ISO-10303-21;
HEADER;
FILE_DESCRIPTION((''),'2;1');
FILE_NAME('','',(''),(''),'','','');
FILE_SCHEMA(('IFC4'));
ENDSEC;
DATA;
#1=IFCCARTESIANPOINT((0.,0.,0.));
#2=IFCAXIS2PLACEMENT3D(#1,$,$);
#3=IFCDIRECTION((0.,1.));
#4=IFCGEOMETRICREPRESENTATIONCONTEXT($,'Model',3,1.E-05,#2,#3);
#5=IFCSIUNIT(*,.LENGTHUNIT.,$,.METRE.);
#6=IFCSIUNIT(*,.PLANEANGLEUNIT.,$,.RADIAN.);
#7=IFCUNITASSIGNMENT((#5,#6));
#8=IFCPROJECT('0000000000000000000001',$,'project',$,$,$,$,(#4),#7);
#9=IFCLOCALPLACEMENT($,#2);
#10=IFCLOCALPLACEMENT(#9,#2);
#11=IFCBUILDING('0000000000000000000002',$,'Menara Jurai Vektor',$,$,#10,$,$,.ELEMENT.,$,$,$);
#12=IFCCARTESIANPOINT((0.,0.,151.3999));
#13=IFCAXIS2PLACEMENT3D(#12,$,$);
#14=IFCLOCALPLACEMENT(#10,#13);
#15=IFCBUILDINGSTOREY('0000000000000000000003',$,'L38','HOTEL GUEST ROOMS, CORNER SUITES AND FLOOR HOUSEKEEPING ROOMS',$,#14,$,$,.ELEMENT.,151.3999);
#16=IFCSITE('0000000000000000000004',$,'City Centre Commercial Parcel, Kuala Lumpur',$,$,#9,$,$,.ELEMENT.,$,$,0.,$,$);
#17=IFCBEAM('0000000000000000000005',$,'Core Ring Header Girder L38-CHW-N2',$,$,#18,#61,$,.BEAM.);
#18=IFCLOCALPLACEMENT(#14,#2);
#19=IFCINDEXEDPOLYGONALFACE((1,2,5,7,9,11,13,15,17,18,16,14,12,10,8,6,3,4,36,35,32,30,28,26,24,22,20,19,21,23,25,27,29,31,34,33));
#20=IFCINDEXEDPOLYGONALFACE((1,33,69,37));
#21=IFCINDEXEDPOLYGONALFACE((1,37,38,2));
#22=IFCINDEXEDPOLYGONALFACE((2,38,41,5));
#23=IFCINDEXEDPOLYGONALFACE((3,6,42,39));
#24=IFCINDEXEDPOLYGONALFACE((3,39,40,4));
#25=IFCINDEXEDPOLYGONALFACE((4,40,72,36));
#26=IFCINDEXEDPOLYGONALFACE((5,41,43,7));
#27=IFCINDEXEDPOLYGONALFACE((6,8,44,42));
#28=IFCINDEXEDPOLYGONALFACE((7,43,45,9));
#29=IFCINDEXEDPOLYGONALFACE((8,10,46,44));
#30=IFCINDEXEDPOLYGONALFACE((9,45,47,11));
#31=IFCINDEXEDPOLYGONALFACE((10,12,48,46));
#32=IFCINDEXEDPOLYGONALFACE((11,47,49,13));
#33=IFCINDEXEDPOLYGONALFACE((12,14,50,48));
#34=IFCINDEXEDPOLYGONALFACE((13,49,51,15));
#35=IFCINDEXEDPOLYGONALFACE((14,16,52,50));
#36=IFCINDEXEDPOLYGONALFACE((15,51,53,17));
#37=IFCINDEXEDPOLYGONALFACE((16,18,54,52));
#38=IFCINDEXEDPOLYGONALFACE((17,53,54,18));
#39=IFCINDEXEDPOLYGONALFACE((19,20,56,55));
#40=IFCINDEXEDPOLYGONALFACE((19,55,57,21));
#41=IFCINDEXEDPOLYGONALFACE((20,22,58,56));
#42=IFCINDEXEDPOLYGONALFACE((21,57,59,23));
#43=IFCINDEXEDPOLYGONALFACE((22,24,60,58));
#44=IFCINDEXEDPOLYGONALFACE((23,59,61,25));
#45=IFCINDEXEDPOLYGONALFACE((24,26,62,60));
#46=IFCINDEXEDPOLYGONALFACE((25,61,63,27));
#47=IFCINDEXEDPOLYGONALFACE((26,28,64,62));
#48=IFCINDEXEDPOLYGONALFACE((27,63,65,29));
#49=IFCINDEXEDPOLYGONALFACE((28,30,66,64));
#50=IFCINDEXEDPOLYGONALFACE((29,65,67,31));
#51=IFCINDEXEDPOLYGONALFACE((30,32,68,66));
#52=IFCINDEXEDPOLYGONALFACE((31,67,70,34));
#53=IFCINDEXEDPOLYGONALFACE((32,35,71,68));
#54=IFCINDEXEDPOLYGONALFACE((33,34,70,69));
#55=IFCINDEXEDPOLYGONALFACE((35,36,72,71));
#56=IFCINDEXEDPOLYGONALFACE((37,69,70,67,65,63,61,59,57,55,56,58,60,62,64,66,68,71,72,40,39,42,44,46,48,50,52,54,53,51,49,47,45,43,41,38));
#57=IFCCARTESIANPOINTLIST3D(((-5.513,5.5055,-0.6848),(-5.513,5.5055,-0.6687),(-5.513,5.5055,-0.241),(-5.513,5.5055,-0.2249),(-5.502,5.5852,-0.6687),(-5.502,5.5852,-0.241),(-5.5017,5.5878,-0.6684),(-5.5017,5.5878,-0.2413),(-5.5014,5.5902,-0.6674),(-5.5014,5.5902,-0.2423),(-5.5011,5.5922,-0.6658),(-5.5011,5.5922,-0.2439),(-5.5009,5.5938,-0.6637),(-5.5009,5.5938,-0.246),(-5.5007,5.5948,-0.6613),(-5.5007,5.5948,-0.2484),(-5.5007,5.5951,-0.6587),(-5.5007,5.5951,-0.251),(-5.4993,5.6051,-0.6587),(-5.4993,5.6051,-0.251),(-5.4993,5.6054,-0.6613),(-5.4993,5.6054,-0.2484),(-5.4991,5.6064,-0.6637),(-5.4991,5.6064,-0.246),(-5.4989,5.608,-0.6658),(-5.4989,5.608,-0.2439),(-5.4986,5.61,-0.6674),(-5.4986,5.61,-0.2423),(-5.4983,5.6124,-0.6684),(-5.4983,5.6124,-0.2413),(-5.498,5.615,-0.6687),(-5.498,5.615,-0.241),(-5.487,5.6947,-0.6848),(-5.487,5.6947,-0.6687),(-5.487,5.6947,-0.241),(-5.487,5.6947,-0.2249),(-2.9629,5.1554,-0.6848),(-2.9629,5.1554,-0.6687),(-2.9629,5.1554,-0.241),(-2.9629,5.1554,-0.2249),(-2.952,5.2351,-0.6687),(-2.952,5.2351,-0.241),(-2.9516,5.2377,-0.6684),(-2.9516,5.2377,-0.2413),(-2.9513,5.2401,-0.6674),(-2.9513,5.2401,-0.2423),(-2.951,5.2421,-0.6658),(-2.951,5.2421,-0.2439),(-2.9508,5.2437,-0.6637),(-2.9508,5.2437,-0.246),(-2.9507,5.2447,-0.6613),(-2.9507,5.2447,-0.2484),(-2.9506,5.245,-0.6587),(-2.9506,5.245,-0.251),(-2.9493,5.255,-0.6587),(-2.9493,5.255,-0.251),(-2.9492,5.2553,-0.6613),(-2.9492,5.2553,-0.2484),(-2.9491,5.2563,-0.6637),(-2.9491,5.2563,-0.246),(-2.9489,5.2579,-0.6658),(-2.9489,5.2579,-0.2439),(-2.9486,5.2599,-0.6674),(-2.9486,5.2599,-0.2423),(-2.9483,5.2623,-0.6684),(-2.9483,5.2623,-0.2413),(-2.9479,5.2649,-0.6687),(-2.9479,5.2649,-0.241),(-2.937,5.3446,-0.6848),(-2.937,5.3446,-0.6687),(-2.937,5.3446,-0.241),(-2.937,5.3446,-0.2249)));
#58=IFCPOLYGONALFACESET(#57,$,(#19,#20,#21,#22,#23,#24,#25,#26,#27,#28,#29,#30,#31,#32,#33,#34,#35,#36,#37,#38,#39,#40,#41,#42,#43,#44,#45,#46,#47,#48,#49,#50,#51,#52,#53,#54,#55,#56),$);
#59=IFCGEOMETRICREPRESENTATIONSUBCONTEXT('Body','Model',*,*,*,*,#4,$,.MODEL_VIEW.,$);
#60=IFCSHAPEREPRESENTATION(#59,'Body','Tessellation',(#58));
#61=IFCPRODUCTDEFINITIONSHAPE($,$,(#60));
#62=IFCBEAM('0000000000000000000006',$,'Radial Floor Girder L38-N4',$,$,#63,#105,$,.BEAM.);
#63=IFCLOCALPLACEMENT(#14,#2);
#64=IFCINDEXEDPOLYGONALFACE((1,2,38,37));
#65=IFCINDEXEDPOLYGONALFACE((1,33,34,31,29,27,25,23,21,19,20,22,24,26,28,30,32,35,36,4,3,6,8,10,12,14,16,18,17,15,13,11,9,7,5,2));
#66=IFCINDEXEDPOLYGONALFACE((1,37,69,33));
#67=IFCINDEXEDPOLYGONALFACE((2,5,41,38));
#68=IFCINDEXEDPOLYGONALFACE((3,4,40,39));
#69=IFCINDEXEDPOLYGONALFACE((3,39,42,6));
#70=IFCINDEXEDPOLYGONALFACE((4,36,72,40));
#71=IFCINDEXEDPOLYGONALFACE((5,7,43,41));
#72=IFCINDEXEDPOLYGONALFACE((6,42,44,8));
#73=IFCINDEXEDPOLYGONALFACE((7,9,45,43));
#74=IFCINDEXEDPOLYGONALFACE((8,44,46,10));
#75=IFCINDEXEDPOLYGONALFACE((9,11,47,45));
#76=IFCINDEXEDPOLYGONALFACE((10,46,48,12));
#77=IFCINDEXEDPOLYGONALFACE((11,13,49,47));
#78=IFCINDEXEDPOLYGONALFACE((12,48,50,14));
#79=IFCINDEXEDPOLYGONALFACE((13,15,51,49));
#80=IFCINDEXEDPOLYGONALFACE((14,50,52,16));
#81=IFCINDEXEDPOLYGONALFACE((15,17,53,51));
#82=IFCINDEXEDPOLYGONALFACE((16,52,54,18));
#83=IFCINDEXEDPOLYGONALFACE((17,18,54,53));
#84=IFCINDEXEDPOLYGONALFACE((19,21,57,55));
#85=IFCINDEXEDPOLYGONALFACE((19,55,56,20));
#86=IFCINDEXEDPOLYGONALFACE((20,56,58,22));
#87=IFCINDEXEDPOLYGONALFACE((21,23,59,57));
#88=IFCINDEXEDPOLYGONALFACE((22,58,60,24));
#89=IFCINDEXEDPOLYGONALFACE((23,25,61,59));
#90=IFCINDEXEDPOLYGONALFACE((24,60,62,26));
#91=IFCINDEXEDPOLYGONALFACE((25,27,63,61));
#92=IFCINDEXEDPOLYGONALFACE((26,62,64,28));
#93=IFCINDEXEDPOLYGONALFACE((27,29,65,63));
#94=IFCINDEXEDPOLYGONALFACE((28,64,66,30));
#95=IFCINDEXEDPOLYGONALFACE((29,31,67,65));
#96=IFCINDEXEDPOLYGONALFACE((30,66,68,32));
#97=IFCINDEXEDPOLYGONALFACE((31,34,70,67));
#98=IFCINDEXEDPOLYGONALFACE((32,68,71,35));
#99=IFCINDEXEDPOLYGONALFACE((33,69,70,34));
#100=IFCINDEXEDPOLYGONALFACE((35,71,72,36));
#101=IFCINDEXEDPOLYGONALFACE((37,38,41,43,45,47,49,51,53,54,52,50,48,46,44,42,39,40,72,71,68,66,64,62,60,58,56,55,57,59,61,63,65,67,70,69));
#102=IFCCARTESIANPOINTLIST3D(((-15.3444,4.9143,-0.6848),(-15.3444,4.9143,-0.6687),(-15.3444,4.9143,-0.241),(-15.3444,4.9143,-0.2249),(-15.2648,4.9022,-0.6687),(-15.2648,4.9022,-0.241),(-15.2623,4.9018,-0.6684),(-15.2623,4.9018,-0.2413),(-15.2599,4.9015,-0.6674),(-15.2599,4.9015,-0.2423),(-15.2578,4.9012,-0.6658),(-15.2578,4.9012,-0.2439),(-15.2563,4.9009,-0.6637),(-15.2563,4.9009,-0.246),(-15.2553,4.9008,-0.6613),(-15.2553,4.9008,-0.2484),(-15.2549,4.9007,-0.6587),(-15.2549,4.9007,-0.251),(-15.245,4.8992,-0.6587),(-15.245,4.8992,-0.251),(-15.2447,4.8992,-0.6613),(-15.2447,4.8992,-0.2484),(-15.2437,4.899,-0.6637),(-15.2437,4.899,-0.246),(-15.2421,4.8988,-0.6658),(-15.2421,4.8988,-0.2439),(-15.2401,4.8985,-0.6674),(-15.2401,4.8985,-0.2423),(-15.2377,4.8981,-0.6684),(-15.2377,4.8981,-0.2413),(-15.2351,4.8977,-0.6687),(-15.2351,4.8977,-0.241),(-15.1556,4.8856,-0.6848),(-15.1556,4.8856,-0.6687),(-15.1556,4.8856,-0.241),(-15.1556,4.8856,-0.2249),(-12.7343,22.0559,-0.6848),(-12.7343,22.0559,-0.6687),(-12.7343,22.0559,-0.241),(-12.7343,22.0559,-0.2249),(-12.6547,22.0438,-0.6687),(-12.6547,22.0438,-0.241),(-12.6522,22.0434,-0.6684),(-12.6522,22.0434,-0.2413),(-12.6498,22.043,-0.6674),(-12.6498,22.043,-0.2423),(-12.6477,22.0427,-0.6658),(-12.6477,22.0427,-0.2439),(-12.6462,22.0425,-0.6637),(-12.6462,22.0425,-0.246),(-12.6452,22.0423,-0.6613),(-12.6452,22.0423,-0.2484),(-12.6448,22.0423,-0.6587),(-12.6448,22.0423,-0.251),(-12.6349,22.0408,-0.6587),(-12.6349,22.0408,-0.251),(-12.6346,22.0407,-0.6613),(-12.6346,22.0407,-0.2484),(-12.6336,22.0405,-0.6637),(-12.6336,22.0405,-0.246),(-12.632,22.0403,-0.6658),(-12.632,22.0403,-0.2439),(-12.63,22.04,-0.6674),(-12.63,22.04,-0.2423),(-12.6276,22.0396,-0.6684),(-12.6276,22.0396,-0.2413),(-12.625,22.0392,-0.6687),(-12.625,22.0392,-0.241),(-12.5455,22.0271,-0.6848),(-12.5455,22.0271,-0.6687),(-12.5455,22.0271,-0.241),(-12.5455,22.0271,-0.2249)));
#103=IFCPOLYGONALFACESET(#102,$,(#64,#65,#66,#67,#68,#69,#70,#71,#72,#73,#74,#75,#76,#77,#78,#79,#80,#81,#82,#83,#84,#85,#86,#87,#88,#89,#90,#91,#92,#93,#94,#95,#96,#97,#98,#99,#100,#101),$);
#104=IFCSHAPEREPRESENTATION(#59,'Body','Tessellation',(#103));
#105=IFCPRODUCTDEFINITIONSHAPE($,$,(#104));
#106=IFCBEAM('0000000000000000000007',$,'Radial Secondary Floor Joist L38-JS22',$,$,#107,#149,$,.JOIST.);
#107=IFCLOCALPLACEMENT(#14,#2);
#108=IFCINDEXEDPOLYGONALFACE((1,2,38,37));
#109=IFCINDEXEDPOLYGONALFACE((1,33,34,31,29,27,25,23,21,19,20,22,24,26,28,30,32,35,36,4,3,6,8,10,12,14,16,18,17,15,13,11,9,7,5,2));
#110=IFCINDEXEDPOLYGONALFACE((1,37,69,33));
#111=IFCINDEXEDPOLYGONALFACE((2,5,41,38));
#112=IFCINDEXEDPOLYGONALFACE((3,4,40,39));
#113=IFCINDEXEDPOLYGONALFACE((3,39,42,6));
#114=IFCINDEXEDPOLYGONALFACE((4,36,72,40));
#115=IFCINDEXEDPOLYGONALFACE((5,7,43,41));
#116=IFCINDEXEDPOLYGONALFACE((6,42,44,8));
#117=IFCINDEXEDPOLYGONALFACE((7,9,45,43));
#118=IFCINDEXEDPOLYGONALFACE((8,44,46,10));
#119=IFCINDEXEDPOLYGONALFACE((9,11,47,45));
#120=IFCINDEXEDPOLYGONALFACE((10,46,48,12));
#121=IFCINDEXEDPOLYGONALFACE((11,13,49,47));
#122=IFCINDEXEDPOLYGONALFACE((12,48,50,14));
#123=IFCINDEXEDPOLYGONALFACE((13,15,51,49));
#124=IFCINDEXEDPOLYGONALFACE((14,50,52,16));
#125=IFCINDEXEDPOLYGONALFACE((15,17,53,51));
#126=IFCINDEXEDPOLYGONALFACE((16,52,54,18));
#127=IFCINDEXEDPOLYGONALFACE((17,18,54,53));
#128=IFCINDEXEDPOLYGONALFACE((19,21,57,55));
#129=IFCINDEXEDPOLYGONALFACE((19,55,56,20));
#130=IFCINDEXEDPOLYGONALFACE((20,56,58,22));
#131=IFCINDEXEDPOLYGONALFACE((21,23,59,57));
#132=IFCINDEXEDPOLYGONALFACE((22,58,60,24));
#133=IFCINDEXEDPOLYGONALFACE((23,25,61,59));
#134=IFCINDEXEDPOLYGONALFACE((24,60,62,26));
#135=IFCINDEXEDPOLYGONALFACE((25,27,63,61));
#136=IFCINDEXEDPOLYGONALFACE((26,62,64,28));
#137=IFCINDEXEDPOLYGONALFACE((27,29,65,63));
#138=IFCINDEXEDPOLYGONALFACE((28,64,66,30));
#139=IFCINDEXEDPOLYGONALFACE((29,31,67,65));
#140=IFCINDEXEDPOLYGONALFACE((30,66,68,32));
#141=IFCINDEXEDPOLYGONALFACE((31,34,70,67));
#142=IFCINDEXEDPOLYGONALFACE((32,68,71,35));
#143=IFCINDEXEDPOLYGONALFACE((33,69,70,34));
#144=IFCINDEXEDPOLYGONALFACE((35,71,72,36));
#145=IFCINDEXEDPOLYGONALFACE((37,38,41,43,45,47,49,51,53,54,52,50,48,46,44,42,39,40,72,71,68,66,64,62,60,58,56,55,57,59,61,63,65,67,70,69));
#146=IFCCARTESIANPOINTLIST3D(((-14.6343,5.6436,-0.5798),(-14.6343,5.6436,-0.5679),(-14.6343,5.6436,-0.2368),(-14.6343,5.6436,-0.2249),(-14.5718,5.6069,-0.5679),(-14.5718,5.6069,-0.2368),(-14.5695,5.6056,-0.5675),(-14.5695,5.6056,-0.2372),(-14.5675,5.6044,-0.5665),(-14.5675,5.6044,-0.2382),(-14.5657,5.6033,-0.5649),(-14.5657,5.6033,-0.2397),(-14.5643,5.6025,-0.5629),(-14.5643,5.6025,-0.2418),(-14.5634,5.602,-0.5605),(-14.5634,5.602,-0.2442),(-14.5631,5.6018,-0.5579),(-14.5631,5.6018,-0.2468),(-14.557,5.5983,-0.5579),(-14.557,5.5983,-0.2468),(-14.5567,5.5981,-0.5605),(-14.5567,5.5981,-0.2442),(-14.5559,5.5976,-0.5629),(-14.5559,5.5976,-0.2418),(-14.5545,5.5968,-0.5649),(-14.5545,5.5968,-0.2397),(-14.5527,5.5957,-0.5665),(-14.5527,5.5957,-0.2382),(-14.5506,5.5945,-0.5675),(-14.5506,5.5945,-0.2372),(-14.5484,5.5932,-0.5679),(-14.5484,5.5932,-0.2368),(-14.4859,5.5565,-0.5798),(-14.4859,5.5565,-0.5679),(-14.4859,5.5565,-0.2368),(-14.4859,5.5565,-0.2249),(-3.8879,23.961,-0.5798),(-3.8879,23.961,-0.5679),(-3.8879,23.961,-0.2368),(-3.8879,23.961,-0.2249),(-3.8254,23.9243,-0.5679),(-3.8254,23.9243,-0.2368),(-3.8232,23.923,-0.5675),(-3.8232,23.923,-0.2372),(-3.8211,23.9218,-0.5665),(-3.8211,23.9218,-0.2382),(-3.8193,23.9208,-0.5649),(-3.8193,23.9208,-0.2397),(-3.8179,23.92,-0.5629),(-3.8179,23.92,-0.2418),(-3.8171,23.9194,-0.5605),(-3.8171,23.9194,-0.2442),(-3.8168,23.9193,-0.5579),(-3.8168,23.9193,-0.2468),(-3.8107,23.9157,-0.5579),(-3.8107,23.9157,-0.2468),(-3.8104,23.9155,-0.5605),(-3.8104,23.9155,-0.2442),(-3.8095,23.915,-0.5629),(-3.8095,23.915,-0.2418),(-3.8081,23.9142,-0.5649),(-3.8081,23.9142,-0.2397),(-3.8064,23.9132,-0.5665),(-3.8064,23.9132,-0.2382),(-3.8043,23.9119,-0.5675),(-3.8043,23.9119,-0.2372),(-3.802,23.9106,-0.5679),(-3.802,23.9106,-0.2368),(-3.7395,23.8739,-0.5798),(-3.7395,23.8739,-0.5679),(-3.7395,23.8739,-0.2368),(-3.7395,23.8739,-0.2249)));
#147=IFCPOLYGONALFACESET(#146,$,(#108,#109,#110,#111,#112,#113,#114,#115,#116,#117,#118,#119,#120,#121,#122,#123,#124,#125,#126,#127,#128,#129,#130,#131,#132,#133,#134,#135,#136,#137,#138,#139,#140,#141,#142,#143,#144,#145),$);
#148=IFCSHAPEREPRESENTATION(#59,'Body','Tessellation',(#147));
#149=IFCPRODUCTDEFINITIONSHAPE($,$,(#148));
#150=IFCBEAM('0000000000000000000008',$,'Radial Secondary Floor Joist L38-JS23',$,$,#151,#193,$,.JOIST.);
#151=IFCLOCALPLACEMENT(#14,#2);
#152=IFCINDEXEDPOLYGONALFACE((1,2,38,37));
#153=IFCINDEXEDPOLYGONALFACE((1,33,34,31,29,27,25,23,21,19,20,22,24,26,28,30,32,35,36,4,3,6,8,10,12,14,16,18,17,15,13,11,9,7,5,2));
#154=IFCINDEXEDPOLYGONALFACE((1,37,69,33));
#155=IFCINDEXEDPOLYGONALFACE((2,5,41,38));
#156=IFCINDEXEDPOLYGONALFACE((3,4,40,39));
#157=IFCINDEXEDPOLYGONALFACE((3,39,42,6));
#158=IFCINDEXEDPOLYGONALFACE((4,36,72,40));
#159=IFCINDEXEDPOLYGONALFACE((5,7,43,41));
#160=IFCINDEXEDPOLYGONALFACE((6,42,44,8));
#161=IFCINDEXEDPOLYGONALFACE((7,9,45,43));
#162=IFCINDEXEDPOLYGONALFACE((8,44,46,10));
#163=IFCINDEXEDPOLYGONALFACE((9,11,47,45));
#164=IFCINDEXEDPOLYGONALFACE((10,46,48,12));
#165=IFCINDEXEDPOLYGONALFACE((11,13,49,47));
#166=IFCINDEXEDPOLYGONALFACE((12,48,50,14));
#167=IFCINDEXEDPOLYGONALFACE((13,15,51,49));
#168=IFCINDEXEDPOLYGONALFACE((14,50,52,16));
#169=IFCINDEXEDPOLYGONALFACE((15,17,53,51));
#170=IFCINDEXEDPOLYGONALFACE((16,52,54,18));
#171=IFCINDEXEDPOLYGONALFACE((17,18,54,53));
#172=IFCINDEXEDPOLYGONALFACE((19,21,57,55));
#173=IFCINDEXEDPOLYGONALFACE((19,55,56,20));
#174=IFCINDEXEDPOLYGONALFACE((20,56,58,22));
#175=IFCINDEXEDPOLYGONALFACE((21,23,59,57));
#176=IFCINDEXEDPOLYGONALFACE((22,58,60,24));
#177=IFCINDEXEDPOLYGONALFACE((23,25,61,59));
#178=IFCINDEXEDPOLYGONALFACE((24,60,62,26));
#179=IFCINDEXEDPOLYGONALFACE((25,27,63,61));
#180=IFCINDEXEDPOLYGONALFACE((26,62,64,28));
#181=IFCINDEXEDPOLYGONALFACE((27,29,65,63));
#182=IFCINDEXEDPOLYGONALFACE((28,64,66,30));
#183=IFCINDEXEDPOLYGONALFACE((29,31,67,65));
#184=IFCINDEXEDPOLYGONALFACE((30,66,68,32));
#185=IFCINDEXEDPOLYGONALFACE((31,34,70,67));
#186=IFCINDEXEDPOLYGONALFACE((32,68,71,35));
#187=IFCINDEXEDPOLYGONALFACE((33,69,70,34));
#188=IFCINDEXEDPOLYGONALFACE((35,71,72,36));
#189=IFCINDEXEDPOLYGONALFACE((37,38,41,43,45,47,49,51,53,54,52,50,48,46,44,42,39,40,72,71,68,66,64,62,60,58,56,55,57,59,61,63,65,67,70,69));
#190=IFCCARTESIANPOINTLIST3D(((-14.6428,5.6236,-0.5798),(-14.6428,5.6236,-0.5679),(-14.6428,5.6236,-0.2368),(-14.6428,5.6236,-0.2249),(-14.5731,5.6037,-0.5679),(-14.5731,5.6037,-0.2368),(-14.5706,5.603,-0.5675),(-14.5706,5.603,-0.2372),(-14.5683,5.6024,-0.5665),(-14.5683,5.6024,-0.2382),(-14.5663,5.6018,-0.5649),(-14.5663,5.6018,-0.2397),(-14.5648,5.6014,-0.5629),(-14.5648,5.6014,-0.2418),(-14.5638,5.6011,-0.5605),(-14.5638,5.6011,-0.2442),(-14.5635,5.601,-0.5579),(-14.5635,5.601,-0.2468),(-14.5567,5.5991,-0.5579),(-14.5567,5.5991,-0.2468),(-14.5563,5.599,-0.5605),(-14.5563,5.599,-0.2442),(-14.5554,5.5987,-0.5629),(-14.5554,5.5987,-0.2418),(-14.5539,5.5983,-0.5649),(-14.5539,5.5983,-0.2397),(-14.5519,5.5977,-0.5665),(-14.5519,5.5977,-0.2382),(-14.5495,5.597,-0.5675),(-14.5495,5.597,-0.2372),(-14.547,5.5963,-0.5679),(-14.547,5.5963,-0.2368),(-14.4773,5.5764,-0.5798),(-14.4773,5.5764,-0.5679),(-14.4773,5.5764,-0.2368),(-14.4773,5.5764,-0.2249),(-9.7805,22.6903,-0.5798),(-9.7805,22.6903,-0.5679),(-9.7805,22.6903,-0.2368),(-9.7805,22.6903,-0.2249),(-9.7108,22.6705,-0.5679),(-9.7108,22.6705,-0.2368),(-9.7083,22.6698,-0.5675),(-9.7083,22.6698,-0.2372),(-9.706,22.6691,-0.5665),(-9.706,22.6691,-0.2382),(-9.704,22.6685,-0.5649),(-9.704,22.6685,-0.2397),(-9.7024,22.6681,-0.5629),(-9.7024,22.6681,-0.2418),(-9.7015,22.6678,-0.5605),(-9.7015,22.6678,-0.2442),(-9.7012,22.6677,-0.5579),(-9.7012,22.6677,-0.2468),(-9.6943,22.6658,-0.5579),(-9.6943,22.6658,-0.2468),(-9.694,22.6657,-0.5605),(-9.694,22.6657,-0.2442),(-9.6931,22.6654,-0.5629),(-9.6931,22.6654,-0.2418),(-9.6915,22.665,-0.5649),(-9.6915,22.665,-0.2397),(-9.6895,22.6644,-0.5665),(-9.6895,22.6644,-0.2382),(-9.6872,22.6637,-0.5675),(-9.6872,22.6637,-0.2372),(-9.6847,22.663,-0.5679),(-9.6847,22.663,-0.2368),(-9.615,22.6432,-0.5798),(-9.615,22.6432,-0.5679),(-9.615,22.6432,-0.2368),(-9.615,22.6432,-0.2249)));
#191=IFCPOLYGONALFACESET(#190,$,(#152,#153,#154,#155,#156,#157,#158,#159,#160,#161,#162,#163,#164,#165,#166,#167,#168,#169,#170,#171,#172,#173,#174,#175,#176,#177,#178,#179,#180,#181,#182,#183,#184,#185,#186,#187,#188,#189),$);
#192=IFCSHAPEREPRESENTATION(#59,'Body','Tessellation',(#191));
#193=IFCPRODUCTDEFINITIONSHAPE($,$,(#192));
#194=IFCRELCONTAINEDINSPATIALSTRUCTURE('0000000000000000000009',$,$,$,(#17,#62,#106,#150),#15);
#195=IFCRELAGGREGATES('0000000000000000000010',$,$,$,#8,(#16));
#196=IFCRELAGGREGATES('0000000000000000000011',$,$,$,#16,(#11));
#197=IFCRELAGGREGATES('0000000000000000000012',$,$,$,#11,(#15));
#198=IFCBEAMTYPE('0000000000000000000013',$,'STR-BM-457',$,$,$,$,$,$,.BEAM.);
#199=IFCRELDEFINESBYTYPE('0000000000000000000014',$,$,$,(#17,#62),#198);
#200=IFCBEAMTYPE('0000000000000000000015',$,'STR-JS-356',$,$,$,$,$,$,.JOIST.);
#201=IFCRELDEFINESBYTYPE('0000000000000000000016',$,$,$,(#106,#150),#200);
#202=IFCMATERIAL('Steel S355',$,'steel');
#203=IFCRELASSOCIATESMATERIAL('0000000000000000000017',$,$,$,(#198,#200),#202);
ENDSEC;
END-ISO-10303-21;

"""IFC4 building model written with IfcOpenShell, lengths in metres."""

from ifc_helpers import new_model, si_unit, direction, frame, origin, origin_2d, place, context, subcontext, project, spatial, i_section, extrude, material, material_profile, profile_set, type_object, element, save


model = new_model("IFC4")

# Units and contexts
model_context = context("Model", 3, precision=1e-05, world=origin(), true_north=direction((0.0, 1.0)))
body_context = subcontext(model_context, "Body", "Model", "MODEL_VIEW")
ifc_project = project(units=[si_unit("LENGTHUNIT", "METRE"), si_unit("PLANEANGLEUNIT", "RADIAN")], contexts=[model_context])

# Site, building, storey
site_placement = place(None, origin())
site = spatial("IfcSite", under=ifc_project, at=site_placement, Name="City Centre Commercial Parcel, Kuala Lumpur", CompositionType="ELEMENT", RefElevation=0.0)
building_placement = place(site_placement, origin())
building = spatial("IfcBuilding", under=site, at=building_placement, Name="Menara Jurai Vektor", CompositionType="ELEMENT")
storey_placement = place(building_placement, frame((0.0, 0.0, 151.3999)))
storey = spatial("IfcBuildingStorey", under=building, at=storey_placement, Name="L38", Description="HOTEL GUEST ROOMS, CORNER SUITES AND FLOOR HOUSEKEEPING ROOMS", CompositionType="ELEMENT", Elevation=151.3999)

# Beams
ifc_material_1 = material(Name="Steel S355", Category="steel")
ifc_material_profile_1 = material_profile(ifc_material_1, i_section(OverallWidth=0.1909, OverallDepth=0.46, WebThickness=0.01, FlangeThickness=0.0161, FilletRadius=0.01, at=origin_2d()), Name="UKB 457x191x82")
ifc_profile_set_1 = profile_set([ifc_material_profile_1], Name="Steel S355")
beam_type_1 = type_object("IfcBeamType", Name="STR-BM-457", PredefinedType="BEAM", material=ifc_profile_set_1)
beam_1_placement = place(storey_placement, frame((-5.5, 5.6001, -0.4548), z_axis=(0.990707, -0.136015, 0.0), x_axis=(0.136015, 0.990707, 0.0)))
element("IfcBeam", 1, at=beam_1_placement, inside=storey, type_object=beam_type_1, Name="Core Ring Header Girder L38-CHW-N2", PredefinedType="BEAM", context=body_context, shape_type="SweptSolid", body=[
    extrude(i_section(OverallWidth=0.1909, OverallDepth=0.46, WebThickness=0.01, FlangeThickness=0.0161, FilletRadius=0.01, at=origin_2d()), origin(), (0.0, 0.0, 1.0), 2.574),
])
beam_2_placement = place(storey_placement, frame((-12.6399, 22.0415, -0.4548), z_axis=(-0.150532, -0.988605, 0.0), x_axis=(0.988605, -0.150532, 0.0)))
element("IfcBeam", 2, at=beam_2_placement, inside=storey, type_object=beam_type_1, Name="Radial Floor Girder L38-N4", PredefinedType="BEAM", context=body_context, shape_type="SweptSolid", body=[
    extrude(i_section(OverallWidth=0.1909, OverallDepth=0.46, WebThickness=0.01, FlangeThickness=0.0161, FilletRadius=0.01, at=origin_2d()), origin(), (0.0, 0.0, 1.0), 17.3391),
])
ifc_material_profile_2 = material_profile(ifc_material_1, i_section(OverallWidth=0.1721, OverallDepth=0.355, WebThickness=0.0071, FlangeThickness=0.012, FilletRadius=0.01, at=origin_2d()), Name="UKB 356x171x51")
ifc_profile_set_2 = profile_set([ifc_material_profile_2], Name="Steel S355")
beam_type_2 = type_object("IfcBeamType", Name="STR-JS-356", PredefinedType="JOIST", material=ifc_profile_set_2)
beam_3_placement = place(storey_placement, frame((-3.8137, 23.9175, -0.4023), z_axis=(-0.50602, -0.862522, 0.0), x_axis=(0.862522, -0.50602, 0.0)))
element("IfcBeam", 3, at=beam_3_placement, inside=storey, type_object=beam_type_2, Name="Radial Secondary Floor Joist L38-JS22", PredefinedType="JOIST", context=body_context, shape_type="SweptSolid", body=[
    extrude(i_section(OverallWidth=0.1721, OverallDepth=0.355, WebThickness=0.0071, FlangeThickness=0.012, FilletRadius=0.01, at=origin_2d()), origin(), (0.0, 0.0, 1.0), 21.2371),
])
beam_4_placement = place(storey_placement, frame((-9.6978, 22.6667, -0.4023), z_axis=(-0.273998, -0.96173, 0.0), x_axis=(0.96173, -0.273998, 0.0)))
element("IfcBeam", 4, at=beam_4_placement, inside=storey, type_object=beam_type_2, Name="Radial Secondary Floor Joist L38-JS23", PredefinedType="JOIST", context=body_context, shape_type="SweptSolid", body=[
    extrude(i_section(OverallWidth=0.1721, OverallDepth=0.355, WebThickness=0.0071, FlangeThickness=0.012, FilletRadius=0.01, at=origin_2d()), origin(), (0.0, 0.0, 1.0), 17.7458),
])

save(model, "model.ifc")
